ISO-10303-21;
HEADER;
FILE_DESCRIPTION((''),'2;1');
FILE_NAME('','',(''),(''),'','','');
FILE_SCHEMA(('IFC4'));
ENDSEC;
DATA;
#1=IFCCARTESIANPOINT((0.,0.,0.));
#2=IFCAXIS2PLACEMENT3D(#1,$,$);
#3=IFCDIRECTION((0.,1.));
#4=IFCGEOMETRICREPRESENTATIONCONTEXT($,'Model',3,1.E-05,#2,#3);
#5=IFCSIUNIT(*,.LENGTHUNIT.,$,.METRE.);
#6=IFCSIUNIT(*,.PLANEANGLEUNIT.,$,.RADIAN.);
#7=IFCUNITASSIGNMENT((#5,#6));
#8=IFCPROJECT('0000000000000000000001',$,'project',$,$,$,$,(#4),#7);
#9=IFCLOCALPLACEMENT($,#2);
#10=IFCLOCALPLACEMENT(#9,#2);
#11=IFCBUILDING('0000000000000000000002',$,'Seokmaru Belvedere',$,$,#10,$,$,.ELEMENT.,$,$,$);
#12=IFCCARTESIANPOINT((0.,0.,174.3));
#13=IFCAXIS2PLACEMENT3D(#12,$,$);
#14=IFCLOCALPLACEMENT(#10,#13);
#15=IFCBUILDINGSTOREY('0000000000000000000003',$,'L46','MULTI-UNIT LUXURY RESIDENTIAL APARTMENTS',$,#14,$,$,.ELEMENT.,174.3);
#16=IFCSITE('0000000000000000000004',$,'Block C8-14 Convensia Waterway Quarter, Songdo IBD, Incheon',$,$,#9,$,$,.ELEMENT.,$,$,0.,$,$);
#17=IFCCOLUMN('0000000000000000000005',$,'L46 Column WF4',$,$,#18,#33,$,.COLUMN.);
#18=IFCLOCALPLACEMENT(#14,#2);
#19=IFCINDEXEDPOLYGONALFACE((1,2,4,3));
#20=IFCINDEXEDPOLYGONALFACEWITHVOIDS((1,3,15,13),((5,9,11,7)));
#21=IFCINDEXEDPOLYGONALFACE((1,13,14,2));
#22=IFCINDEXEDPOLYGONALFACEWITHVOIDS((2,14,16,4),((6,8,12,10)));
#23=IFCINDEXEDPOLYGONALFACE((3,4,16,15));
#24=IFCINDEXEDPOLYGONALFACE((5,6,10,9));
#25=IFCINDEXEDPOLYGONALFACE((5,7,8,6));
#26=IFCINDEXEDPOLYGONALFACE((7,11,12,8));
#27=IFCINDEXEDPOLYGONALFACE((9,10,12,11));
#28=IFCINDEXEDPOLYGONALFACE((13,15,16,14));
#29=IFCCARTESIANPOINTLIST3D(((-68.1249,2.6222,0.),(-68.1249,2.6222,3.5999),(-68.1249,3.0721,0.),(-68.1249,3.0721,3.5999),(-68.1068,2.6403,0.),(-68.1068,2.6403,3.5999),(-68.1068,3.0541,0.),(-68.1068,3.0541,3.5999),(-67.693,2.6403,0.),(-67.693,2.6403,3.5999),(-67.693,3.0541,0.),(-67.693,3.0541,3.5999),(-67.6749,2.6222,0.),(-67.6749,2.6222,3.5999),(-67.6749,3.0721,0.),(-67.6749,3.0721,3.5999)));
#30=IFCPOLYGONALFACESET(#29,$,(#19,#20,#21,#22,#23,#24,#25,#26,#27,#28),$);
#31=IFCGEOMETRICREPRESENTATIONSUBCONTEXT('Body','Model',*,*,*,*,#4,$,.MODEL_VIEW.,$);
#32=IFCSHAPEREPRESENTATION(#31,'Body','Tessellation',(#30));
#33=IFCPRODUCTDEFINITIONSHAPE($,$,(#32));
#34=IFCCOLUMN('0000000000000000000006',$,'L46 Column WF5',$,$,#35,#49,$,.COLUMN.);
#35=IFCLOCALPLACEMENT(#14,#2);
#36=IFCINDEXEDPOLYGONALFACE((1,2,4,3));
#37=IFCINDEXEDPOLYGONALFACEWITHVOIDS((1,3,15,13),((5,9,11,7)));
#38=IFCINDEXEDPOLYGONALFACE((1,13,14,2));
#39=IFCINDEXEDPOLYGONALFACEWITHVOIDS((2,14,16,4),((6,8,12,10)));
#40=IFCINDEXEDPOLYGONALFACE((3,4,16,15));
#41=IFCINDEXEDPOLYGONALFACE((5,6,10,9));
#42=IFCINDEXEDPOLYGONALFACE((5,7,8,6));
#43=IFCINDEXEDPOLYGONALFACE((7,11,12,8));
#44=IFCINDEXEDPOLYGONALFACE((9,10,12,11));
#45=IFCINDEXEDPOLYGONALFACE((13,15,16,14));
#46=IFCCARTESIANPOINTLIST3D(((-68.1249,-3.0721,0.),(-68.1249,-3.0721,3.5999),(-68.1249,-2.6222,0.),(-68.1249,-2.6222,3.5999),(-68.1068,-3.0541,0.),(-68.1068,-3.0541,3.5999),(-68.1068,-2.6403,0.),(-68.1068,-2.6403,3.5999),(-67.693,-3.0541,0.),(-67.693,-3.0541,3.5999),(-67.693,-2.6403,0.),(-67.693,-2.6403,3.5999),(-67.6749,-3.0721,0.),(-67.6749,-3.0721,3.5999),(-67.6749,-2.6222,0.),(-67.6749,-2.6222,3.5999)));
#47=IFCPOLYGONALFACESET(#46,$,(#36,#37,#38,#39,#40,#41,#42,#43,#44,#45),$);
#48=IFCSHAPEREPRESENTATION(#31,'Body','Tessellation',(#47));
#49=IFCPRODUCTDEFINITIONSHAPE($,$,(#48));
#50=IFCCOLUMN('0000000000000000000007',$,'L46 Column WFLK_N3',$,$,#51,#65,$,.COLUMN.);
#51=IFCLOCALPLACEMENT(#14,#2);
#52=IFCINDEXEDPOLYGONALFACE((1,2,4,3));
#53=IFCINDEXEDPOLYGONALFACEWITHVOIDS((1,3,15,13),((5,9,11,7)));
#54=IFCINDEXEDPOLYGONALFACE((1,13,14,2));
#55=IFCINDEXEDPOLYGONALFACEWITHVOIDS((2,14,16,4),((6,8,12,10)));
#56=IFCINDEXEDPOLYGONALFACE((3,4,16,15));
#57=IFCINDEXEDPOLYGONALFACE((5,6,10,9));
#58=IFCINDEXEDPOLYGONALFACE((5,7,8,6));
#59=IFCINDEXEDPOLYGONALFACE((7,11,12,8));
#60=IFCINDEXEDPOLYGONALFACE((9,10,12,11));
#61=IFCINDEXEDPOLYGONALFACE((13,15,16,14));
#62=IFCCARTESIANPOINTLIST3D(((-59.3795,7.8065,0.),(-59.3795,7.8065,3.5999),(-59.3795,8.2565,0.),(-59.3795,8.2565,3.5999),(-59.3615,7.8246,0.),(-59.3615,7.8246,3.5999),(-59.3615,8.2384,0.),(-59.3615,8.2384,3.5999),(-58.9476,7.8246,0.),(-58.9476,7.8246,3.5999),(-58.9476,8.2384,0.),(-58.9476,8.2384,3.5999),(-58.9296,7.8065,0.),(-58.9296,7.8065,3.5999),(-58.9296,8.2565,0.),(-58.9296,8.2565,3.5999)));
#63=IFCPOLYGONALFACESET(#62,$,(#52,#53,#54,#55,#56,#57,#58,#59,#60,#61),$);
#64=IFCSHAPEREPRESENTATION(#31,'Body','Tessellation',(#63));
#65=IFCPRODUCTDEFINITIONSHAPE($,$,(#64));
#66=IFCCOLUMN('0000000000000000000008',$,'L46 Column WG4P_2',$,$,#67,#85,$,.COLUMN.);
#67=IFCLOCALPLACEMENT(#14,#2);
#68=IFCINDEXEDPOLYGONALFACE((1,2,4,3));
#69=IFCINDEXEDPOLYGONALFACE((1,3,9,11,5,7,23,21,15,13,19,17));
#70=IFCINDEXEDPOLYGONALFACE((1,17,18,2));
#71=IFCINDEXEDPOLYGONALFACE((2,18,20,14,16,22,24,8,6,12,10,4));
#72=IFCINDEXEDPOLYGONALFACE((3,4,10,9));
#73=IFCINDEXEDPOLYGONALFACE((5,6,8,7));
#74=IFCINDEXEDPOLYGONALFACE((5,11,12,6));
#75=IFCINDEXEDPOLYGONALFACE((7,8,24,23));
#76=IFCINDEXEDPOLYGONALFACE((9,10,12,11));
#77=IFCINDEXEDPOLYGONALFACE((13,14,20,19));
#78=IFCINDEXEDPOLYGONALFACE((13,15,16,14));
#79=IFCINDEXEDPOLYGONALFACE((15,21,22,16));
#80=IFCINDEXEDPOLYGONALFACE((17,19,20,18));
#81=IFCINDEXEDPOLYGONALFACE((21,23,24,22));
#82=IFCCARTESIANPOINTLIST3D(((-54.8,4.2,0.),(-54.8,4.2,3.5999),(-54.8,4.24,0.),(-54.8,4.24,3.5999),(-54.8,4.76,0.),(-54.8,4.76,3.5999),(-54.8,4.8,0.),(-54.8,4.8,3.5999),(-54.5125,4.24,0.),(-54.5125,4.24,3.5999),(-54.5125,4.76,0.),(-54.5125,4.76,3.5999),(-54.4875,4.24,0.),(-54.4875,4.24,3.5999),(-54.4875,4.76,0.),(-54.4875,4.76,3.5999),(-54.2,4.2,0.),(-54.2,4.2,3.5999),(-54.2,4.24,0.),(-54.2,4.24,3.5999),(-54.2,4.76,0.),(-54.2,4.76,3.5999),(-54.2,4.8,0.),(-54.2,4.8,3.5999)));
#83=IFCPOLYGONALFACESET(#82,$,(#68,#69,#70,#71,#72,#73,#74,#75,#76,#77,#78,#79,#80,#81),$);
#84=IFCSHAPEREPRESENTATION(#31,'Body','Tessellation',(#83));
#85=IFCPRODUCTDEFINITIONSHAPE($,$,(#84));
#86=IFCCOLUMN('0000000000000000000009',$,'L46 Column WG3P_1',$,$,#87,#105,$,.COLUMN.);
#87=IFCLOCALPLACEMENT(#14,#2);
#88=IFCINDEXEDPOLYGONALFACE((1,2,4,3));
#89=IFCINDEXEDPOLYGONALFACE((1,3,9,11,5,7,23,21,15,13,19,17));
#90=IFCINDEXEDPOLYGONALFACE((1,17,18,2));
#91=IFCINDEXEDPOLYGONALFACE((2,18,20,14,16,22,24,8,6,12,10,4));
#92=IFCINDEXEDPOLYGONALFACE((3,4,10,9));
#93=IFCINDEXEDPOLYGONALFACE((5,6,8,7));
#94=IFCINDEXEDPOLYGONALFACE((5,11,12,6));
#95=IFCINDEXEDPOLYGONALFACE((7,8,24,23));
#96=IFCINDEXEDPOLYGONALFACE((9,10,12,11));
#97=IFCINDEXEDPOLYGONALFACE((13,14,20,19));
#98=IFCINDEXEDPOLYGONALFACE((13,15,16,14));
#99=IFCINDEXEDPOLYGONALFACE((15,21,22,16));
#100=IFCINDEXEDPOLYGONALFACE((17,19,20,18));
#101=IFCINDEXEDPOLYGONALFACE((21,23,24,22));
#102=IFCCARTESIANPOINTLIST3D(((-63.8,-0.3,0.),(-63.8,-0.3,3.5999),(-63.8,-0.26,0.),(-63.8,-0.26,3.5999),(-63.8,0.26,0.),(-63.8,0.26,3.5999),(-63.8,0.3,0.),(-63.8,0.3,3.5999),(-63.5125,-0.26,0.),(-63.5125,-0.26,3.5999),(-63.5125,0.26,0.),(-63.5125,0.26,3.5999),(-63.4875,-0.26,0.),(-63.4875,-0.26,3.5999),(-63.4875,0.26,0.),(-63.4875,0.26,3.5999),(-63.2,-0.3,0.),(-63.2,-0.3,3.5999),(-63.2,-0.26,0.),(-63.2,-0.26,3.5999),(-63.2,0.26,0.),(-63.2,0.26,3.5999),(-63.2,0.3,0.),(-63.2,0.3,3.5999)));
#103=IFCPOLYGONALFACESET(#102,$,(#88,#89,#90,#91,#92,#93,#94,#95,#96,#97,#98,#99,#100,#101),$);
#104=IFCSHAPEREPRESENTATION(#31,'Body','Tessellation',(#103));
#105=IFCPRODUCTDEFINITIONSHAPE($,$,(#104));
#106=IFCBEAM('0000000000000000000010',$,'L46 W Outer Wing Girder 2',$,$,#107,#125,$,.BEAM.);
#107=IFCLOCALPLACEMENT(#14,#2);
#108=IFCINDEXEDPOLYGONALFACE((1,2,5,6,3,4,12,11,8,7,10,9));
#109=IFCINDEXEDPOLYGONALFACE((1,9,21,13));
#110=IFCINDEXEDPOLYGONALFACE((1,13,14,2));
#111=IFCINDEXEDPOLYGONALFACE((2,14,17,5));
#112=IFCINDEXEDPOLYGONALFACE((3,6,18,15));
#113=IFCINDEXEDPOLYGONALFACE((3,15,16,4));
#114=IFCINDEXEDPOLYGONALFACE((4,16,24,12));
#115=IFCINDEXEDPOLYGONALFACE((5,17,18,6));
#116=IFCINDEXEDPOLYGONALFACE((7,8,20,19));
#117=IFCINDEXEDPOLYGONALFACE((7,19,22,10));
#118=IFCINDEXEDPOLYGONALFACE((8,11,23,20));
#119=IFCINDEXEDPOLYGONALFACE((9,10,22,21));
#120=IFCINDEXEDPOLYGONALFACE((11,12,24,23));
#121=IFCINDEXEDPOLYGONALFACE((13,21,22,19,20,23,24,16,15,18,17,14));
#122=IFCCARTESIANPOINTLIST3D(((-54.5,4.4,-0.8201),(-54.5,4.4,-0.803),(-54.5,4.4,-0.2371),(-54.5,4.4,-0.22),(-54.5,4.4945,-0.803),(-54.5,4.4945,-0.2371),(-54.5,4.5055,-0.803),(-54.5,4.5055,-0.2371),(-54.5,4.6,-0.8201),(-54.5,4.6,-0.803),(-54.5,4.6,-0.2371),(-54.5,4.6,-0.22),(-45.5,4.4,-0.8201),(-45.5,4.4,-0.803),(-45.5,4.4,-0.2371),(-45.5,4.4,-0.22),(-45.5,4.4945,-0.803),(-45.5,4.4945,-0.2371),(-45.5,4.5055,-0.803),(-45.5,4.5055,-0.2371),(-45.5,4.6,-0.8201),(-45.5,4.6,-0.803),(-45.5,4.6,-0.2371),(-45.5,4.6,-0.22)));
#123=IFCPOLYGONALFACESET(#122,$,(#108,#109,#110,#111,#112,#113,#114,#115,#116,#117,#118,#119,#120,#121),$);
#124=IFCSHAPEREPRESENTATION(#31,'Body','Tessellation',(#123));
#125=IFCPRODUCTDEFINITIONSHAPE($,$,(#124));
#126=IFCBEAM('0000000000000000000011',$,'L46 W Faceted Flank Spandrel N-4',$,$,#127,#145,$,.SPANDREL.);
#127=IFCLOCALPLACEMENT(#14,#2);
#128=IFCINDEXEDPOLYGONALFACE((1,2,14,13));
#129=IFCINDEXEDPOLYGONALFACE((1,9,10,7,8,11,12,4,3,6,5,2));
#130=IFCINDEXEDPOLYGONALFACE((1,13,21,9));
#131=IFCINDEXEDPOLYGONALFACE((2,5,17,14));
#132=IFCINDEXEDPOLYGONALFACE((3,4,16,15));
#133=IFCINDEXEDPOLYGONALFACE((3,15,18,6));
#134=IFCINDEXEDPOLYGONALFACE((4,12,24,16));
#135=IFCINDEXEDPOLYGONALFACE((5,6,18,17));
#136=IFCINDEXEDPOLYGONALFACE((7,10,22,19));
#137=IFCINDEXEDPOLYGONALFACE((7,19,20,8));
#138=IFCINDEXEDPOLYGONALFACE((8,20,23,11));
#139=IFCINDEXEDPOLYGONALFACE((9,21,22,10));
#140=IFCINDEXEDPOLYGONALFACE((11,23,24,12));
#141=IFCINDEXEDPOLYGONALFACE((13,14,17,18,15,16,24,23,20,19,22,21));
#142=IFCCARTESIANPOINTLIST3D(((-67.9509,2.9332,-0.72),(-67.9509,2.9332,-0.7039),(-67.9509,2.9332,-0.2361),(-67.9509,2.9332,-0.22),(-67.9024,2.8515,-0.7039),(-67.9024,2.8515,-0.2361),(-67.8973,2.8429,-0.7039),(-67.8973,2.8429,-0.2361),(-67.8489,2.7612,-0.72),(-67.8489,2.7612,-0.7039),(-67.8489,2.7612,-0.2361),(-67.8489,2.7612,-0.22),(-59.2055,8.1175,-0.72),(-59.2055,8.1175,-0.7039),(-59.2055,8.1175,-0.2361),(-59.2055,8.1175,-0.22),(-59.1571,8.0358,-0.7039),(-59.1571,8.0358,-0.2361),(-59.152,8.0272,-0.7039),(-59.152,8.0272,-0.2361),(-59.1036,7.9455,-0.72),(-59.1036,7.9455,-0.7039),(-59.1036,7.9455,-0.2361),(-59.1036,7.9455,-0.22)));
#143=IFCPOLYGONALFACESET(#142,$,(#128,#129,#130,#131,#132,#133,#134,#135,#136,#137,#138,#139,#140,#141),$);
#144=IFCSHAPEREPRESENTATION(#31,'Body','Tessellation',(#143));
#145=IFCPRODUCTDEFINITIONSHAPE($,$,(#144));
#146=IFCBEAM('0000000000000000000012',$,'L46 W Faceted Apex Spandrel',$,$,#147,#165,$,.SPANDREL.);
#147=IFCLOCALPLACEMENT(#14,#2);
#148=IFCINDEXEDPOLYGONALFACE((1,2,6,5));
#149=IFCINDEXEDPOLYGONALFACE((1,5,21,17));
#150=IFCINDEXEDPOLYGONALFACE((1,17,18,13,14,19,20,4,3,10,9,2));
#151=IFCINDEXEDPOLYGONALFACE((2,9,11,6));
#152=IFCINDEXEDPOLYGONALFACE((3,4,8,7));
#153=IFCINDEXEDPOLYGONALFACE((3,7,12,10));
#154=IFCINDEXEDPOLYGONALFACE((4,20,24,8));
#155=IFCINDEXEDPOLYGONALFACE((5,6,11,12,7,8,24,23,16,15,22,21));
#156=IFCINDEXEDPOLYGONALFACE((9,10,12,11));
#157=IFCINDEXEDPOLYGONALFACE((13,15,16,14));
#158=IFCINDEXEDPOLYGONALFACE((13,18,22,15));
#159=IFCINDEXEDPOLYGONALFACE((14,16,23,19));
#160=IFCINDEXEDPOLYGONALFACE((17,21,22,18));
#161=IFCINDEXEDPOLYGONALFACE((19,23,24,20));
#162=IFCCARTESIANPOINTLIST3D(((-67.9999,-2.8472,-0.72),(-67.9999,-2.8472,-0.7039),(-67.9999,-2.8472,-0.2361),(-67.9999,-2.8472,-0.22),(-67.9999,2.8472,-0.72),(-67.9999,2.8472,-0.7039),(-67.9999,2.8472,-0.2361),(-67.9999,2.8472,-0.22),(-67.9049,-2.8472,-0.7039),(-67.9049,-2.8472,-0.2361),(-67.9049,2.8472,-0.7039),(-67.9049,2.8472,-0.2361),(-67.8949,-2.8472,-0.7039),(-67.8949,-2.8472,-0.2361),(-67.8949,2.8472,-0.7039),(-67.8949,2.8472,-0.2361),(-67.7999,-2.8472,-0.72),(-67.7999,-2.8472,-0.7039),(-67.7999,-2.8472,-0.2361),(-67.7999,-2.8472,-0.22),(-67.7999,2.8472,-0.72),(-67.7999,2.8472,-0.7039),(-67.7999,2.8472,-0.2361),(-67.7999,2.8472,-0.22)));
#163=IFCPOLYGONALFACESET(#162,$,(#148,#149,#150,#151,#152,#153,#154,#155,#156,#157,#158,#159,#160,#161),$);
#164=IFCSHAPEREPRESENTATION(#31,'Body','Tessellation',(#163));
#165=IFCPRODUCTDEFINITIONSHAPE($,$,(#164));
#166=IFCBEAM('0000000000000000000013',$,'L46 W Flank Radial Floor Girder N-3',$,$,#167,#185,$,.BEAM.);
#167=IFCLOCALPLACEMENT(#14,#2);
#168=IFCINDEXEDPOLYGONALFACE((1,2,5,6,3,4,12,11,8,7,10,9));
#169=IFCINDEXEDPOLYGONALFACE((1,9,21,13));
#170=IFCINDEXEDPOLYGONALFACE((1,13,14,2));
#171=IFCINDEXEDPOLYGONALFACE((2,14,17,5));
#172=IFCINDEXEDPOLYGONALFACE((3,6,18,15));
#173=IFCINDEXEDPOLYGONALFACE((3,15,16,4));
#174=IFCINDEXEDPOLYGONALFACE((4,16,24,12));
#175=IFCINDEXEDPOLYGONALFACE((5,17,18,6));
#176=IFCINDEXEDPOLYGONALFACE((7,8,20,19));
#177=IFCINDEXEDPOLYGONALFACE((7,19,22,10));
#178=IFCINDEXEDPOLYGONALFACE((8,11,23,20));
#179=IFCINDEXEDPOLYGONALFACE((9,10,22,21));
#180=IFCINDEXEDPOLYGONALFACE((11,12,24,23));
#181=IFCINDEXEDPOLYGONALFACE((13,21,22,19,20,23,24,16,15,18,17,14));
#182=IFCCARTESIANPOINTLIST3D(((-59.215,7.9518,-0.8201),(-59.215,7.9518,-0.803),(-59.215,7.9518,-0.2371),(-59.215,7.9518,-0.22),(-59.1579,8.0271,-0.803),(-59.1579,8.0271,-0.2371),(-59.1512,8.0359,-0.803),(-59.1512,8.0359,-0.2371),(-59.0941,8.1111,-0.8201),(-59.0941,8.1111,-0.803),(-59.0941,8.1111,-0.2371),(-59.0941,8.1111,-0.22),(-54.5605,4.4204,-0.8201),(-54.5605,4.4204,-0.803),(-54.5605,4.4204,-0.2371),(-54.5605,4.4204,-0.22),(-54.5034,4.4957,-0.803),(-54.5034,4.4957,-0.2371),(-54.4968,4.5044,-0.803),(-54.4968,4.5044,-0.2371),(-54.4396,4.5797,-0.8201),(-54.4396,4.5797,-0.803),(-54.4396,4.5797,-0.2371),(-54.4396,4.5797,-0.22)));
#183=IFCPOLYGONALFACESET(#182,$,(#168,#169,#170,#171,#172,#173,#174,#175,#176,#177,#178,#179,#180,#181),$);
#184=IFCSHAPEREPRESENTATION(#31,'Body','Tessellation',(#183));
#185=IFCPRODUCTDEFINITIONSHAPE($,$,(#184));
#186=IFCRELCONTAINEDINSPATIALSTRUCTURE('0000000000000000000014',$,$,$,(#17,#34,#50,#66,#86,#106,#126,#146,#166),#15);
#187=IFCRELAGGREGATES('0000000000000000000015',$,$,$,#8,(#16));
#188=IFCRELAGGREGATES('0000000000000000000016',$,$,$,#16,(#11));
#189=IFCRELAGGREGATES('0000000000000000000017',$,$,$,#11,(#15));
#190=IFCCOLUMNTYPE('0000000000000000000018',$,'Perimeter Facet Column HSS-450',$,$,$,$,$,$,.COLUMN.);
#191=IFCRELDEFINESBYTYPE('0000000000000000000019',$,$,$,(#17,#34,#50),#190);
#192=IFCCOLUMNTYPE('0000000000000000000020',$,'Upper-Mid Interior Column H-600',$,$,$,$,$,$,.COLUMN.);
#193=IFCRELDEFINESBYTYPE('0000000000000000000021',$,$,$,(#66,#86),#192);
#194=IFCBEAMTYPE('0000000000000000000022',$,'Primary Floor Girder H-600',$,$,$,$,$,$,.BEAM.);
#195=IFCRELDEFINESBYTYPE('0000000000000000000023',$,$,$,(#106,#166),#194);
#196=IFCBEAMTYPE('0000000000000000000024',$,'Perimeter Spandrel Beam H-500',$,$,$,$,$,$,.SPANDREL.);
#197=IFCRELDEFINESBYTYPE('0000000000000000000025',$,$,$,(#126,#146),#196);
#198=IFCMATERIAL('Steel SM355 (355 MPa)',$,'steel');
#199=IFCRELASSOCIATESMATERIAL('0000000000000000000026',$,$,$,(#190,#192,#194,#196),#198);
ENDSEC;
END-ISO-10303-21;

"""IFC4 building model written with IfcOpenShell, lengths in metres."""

from ifc_helpers import new_model, si_unit, direction, frame, origin, origin_2d, place, context, subcontext, project, spatial, hollow_rectangle, i_section, extrude, source, transform, mapped, material, material_profile, profile_set, type_object, type_shapes, element, save


model = new_model("IFC4")

# Units and contexts
model_context = context("Model", 3, precision=1e-05, world=origin(), true_north=direction((0.0, 1.0)))
body_context = subcontext(model_context, "Body", "Model", "MODEL_VIEW")
ifc_project = project(units=[si_unit("LENGTHUNIT", "METRE"), si_unit("PLANEANGLEUNIT", "RADIAN")], contexts=[model_context])

# Site, building, storey
site_placement = place(None, origin())
site = spatial("IfcSite", under=ifc_project, at=site_placement, Name="Block C8-14 Convensia Waterway Quarter, Songdo IBD, Incheon", CompositionType="ELEMENT", RefElevation=0.0)
building_placement = place(site_placement, origin())
building = spatial("IfcBuilding", under=site, at=building_placement, Name="Seokmaru Belvedere", CompositionType="ELEMENT")
storey_placement = place(building_placement, frame((0.0, 0.0, 174.3)))
storey = spatial("IfcBuildingStorey", under=building, at=storey_placement, Name="L46", Description="MULTI-UNIT LUXURY RESIDENTIAL APARTMENTS", CompositionType="ELEMENT", Elevation=174.3)

# Columns
ifc_material_1 = material(Name="Steel SM355 (355 MPa)", Category="steel")
ifc_material_profile_1 = material_profile(ifc_material_1, hollow_rectangle(XDim=0.45, YDim=0.45, WallThickness=0.0181, at=origin_2d()), Name="HSS-450x450x18")
ifc_profile_set_1 = profile_set([ifc_material_profile_1], Name="Steel SM355 (355 MPa)")
column_type_1 = type_object("IfcColumnType", Name="Perimeter Facet Column HSS-450", PredefinedType="COLUMN", material=ifc_profile_set_1)
shared_shape_1 = source(origin(), body_context, "Body", "SweptSolid", [
    extrude(hollow_rectangle(XDim=0.45, YDim=0.45, WallThickness=0.0181, at=origin_2d()), origin(), (0.0, 0.0, 1.0), 3.5999),
])
type_shapes(column_type_1, [shared_shape_1])
for number, where, z_axis, x_axis, name in (
    (1, (-67.8999, 2.8472, 0.0), (0.0, 0.0, 1.0), (1.0, 0.0, 0.0), "L46 Column WF4"),
    (2, (-67.8999, -2.8472, 0.0), (0.0, 0.0, 1.0), (1.0, 0.0, 0.0), "L46 Column WF5"),
    (3, (-59.1545, 8.0315, 0.0), (0.0, 0.0, 1.0), (1.0, 0.0, 0.0), "L46 Column WFLK_N3"),
):
    element("IfcColumn", number, at=place(storey_placement, frame(where, z_axis=z_axis, x_axis=x_axis)), inside=storey, type_object=column_type_1, Name=name, PredefinedType="COLUMN", context=body_context, shape_type="MappedRepresentation", body=[
        mapped(shared_shape_1, transform((0.0, 0.0, 0.0), scale=1.0)),
    ])
ifc_material_profile_2 = material_profile(ifc_material_1, i_section(OverallWidth=0.6001, OverallDepth=0.6001, WebThickness=0.0249, FlangeThickness=0.04, at=origin_2d()), Name="H-600x600x25x40")
ifc_profile_set_2 = profile_set([ifc_material_profile_2], Name="Steel SM355 (355 MPa)")
column_type_2 = type_object("IfcColumnType", Name="Upper-Mid Interior Column H-600", PredefinedType="COLUMN", material=ifc_profile_set_2)
shared_shape_2 = source(origin(), body_context, "Body", "SweptSolid", [
    extrude(i_section(OverallWidth=0.6001, OverallDepth=0.6001, WebThickness=0.0249, FlangeThickness=0.04, at=origin_2d()), origin(), (0.0, 0.0, 1.0), 3.5999),
])
type_shapes(column_type_2, [shared_shape_2])
for number, where, z_axis, x_axis, name in (
    (4, (-54.5, 4.5, 0.0), (0.0, 0.0, 1.0), (1.0, 0.0, 0.0), "L46 Column WG4P_2"),
    (5, (-63.5, 0.0, 0.0), (0.0, 0.0, 1.0), (1.0, 0.0, 0.0), "L46 Column WG3P_1"),
):
    element("IfcColumn", number, at=place(storey_placement, frame(where, z_axis=z_axis, x_axis=x_axis)), inside=storey, type_object=column_type_2, Name=name, PredefinedType="COLUMN", context=body_context, shape_type="MappedRepresentation", body=[
        mapped(shared_shape_2, transform((0.0, 0.0, 0.0), scale=1.0)),
    ])

# Beams
ifc_material_profile_3 = material_profile(ifc_material_1, i_section(OverallWidth=0.2, OverallDepth=0.6001, WebThickness=0.011, FlangeThickness=0.0171, at=origin_2d()), Name="H-600x200x11x17")
ifc_profile_set_3 = profile_set([ifc_material_profile_3], Name="Steel SM355 (355 MPa)")
beam_type_1 = type_object("IfcBeamType", Name="Primary Floor Girder H-600", PredefinedType="BEAM", material=ifc_profile_set_3)
shared_shape_3 = source(origin(), body_context, "Body", "SweptSolid", [
    extrude(i_section(OverallWidth=0.2, OverallDepth=0.6001, WebThickness=0.011, FlangeThickness=0.0171, at=origin_2d()), origin(), (0.0, 0.0, 1.0), 9.0),
])
beam_1_placement = place(storey_placement, frame((-54.5, 4.5, -0.52), z_axis=(1.0, 0.0, 0.0), x_axis=(0.0, 1.0, 0.0)))
element("IfcBeam", 6, at=beam_1_placement, inside=storey, type_object=beam_type_1, Name="L46 W Outer Wing Girder 2", PredefinedType="BEAM", context=body_context, shape_type="MappedRepresentation", body=[
    mapped(shared_shape_3, transform((0.0, 0.0, 0.0), scale=1.0)),
])
ifc_material_profile_4 = material_profile(ifc_material_1, i_section(OverallWidth=0.2, OverallDepth=0.5, WebThickness=0.01, FlangeThickness=0.0161, at=origin_2d()), Name="H-500x200x10x16")
ifc_profile_set_4 = profile_set([ifc_material_profile_4], Name="Steel SM355 (355 MPa)")
beam_type_2 = type_object("IfcBeamType", Name="Perimeter Spandrel Beam H-500", PredefinedType="SPANDREL", material=ifc_profile_set_4)
shared_shape_4 = source(origin(), body_context, "Body", "SweptSolid", [
    extrude(i_section(OverallWidth=0.2, OverallDepth=0.5, WebThickness=0.01, FlangeThickness=0.0161, at=origin_2d()), origin(), (0.0, 0.0, 1.0), 10.1665),
])
beam_2_placement = place(storey_placement, frame((-59.1545, 8.0315, -0.47), z_axis=(-0.86021, -0.50994, 0.0), x_axis=(0.50994, -0.86021, 0.0)))
element("IfcBeam", 7, at=beam_2_placement, inside=storey, type_object=beam_type_2, Name="L46 W Faceted Flank Spandrel N-4", PredefinedType="SPANDREL", context=body_context, shape_type="MappedRepresentation", body=[
    mapped(shared_shape_4, transform((0.0, 0.0, 0.0), scale=1.0)),
])
shared_shape_5 = source(origin(), body_context, "Body", "SweptSolid", [
    extrude(i_section(OverallWidth=0.2, OverallDepth=0.5, WebThickness=0.01, FlangeThickness=0.0161, at=origin_2d()), origin(), (0.0, 0.0, 1.0), 5.6943),
])
type_shapes(beam_type_2, [shared_shape_4, shared_shape_5])
beam_3_placement = place(storey_placement, frame((-67.8999, -2.8472, -0.47), z_axis=(0.0, 1.0, 0.0), x_axis=(-1.0, 0.0, 0.0)))
element("IfcBeam", 8, at=beam_3_placement, inside=storey, type_object=beam_type_2, Name="L46 W Faceted Apex Spandrel", PredefinedType="SPANDREL", context=body_context, shape_type="MappedRepresentation", body=[
    mapped(shared_shape_5, transform((0.0, 0.0, 0.0), scale=1.0)),
])
shared_shape_6 = source(origin(), body_context, "Body", "SweptSolid", [
    extrude(i_section(OverallWidth=0.2, OverallDepth=0.6001, WebThickness=0.011, FlangeThickness=0.0171, at=origin_2d()), origin(), (0.0, 0.0, 1.0), 5.8425),
])
beam_4_placement = place(storey_placement, frame((-59.1545, 8.0315, -0.52), z_axis=(0.796653, -0.604437, 0.0), x_axis=(0.604437, 0.796653, 0.0)))
element("IfcBeam", 9, at=beam_4_placement, inside=storey, type_object=beam_type_1, Name="L46 W Flank Radial Floor Girder N-3", PredefinedType="BEAM", context=body_context, shape_type="MappedRepresentation", body=[
    mapped(shared_shape_6, transform((0.0, 0.0, 0.0), scale=1.0)),
])

save(model, "model.ifc")
